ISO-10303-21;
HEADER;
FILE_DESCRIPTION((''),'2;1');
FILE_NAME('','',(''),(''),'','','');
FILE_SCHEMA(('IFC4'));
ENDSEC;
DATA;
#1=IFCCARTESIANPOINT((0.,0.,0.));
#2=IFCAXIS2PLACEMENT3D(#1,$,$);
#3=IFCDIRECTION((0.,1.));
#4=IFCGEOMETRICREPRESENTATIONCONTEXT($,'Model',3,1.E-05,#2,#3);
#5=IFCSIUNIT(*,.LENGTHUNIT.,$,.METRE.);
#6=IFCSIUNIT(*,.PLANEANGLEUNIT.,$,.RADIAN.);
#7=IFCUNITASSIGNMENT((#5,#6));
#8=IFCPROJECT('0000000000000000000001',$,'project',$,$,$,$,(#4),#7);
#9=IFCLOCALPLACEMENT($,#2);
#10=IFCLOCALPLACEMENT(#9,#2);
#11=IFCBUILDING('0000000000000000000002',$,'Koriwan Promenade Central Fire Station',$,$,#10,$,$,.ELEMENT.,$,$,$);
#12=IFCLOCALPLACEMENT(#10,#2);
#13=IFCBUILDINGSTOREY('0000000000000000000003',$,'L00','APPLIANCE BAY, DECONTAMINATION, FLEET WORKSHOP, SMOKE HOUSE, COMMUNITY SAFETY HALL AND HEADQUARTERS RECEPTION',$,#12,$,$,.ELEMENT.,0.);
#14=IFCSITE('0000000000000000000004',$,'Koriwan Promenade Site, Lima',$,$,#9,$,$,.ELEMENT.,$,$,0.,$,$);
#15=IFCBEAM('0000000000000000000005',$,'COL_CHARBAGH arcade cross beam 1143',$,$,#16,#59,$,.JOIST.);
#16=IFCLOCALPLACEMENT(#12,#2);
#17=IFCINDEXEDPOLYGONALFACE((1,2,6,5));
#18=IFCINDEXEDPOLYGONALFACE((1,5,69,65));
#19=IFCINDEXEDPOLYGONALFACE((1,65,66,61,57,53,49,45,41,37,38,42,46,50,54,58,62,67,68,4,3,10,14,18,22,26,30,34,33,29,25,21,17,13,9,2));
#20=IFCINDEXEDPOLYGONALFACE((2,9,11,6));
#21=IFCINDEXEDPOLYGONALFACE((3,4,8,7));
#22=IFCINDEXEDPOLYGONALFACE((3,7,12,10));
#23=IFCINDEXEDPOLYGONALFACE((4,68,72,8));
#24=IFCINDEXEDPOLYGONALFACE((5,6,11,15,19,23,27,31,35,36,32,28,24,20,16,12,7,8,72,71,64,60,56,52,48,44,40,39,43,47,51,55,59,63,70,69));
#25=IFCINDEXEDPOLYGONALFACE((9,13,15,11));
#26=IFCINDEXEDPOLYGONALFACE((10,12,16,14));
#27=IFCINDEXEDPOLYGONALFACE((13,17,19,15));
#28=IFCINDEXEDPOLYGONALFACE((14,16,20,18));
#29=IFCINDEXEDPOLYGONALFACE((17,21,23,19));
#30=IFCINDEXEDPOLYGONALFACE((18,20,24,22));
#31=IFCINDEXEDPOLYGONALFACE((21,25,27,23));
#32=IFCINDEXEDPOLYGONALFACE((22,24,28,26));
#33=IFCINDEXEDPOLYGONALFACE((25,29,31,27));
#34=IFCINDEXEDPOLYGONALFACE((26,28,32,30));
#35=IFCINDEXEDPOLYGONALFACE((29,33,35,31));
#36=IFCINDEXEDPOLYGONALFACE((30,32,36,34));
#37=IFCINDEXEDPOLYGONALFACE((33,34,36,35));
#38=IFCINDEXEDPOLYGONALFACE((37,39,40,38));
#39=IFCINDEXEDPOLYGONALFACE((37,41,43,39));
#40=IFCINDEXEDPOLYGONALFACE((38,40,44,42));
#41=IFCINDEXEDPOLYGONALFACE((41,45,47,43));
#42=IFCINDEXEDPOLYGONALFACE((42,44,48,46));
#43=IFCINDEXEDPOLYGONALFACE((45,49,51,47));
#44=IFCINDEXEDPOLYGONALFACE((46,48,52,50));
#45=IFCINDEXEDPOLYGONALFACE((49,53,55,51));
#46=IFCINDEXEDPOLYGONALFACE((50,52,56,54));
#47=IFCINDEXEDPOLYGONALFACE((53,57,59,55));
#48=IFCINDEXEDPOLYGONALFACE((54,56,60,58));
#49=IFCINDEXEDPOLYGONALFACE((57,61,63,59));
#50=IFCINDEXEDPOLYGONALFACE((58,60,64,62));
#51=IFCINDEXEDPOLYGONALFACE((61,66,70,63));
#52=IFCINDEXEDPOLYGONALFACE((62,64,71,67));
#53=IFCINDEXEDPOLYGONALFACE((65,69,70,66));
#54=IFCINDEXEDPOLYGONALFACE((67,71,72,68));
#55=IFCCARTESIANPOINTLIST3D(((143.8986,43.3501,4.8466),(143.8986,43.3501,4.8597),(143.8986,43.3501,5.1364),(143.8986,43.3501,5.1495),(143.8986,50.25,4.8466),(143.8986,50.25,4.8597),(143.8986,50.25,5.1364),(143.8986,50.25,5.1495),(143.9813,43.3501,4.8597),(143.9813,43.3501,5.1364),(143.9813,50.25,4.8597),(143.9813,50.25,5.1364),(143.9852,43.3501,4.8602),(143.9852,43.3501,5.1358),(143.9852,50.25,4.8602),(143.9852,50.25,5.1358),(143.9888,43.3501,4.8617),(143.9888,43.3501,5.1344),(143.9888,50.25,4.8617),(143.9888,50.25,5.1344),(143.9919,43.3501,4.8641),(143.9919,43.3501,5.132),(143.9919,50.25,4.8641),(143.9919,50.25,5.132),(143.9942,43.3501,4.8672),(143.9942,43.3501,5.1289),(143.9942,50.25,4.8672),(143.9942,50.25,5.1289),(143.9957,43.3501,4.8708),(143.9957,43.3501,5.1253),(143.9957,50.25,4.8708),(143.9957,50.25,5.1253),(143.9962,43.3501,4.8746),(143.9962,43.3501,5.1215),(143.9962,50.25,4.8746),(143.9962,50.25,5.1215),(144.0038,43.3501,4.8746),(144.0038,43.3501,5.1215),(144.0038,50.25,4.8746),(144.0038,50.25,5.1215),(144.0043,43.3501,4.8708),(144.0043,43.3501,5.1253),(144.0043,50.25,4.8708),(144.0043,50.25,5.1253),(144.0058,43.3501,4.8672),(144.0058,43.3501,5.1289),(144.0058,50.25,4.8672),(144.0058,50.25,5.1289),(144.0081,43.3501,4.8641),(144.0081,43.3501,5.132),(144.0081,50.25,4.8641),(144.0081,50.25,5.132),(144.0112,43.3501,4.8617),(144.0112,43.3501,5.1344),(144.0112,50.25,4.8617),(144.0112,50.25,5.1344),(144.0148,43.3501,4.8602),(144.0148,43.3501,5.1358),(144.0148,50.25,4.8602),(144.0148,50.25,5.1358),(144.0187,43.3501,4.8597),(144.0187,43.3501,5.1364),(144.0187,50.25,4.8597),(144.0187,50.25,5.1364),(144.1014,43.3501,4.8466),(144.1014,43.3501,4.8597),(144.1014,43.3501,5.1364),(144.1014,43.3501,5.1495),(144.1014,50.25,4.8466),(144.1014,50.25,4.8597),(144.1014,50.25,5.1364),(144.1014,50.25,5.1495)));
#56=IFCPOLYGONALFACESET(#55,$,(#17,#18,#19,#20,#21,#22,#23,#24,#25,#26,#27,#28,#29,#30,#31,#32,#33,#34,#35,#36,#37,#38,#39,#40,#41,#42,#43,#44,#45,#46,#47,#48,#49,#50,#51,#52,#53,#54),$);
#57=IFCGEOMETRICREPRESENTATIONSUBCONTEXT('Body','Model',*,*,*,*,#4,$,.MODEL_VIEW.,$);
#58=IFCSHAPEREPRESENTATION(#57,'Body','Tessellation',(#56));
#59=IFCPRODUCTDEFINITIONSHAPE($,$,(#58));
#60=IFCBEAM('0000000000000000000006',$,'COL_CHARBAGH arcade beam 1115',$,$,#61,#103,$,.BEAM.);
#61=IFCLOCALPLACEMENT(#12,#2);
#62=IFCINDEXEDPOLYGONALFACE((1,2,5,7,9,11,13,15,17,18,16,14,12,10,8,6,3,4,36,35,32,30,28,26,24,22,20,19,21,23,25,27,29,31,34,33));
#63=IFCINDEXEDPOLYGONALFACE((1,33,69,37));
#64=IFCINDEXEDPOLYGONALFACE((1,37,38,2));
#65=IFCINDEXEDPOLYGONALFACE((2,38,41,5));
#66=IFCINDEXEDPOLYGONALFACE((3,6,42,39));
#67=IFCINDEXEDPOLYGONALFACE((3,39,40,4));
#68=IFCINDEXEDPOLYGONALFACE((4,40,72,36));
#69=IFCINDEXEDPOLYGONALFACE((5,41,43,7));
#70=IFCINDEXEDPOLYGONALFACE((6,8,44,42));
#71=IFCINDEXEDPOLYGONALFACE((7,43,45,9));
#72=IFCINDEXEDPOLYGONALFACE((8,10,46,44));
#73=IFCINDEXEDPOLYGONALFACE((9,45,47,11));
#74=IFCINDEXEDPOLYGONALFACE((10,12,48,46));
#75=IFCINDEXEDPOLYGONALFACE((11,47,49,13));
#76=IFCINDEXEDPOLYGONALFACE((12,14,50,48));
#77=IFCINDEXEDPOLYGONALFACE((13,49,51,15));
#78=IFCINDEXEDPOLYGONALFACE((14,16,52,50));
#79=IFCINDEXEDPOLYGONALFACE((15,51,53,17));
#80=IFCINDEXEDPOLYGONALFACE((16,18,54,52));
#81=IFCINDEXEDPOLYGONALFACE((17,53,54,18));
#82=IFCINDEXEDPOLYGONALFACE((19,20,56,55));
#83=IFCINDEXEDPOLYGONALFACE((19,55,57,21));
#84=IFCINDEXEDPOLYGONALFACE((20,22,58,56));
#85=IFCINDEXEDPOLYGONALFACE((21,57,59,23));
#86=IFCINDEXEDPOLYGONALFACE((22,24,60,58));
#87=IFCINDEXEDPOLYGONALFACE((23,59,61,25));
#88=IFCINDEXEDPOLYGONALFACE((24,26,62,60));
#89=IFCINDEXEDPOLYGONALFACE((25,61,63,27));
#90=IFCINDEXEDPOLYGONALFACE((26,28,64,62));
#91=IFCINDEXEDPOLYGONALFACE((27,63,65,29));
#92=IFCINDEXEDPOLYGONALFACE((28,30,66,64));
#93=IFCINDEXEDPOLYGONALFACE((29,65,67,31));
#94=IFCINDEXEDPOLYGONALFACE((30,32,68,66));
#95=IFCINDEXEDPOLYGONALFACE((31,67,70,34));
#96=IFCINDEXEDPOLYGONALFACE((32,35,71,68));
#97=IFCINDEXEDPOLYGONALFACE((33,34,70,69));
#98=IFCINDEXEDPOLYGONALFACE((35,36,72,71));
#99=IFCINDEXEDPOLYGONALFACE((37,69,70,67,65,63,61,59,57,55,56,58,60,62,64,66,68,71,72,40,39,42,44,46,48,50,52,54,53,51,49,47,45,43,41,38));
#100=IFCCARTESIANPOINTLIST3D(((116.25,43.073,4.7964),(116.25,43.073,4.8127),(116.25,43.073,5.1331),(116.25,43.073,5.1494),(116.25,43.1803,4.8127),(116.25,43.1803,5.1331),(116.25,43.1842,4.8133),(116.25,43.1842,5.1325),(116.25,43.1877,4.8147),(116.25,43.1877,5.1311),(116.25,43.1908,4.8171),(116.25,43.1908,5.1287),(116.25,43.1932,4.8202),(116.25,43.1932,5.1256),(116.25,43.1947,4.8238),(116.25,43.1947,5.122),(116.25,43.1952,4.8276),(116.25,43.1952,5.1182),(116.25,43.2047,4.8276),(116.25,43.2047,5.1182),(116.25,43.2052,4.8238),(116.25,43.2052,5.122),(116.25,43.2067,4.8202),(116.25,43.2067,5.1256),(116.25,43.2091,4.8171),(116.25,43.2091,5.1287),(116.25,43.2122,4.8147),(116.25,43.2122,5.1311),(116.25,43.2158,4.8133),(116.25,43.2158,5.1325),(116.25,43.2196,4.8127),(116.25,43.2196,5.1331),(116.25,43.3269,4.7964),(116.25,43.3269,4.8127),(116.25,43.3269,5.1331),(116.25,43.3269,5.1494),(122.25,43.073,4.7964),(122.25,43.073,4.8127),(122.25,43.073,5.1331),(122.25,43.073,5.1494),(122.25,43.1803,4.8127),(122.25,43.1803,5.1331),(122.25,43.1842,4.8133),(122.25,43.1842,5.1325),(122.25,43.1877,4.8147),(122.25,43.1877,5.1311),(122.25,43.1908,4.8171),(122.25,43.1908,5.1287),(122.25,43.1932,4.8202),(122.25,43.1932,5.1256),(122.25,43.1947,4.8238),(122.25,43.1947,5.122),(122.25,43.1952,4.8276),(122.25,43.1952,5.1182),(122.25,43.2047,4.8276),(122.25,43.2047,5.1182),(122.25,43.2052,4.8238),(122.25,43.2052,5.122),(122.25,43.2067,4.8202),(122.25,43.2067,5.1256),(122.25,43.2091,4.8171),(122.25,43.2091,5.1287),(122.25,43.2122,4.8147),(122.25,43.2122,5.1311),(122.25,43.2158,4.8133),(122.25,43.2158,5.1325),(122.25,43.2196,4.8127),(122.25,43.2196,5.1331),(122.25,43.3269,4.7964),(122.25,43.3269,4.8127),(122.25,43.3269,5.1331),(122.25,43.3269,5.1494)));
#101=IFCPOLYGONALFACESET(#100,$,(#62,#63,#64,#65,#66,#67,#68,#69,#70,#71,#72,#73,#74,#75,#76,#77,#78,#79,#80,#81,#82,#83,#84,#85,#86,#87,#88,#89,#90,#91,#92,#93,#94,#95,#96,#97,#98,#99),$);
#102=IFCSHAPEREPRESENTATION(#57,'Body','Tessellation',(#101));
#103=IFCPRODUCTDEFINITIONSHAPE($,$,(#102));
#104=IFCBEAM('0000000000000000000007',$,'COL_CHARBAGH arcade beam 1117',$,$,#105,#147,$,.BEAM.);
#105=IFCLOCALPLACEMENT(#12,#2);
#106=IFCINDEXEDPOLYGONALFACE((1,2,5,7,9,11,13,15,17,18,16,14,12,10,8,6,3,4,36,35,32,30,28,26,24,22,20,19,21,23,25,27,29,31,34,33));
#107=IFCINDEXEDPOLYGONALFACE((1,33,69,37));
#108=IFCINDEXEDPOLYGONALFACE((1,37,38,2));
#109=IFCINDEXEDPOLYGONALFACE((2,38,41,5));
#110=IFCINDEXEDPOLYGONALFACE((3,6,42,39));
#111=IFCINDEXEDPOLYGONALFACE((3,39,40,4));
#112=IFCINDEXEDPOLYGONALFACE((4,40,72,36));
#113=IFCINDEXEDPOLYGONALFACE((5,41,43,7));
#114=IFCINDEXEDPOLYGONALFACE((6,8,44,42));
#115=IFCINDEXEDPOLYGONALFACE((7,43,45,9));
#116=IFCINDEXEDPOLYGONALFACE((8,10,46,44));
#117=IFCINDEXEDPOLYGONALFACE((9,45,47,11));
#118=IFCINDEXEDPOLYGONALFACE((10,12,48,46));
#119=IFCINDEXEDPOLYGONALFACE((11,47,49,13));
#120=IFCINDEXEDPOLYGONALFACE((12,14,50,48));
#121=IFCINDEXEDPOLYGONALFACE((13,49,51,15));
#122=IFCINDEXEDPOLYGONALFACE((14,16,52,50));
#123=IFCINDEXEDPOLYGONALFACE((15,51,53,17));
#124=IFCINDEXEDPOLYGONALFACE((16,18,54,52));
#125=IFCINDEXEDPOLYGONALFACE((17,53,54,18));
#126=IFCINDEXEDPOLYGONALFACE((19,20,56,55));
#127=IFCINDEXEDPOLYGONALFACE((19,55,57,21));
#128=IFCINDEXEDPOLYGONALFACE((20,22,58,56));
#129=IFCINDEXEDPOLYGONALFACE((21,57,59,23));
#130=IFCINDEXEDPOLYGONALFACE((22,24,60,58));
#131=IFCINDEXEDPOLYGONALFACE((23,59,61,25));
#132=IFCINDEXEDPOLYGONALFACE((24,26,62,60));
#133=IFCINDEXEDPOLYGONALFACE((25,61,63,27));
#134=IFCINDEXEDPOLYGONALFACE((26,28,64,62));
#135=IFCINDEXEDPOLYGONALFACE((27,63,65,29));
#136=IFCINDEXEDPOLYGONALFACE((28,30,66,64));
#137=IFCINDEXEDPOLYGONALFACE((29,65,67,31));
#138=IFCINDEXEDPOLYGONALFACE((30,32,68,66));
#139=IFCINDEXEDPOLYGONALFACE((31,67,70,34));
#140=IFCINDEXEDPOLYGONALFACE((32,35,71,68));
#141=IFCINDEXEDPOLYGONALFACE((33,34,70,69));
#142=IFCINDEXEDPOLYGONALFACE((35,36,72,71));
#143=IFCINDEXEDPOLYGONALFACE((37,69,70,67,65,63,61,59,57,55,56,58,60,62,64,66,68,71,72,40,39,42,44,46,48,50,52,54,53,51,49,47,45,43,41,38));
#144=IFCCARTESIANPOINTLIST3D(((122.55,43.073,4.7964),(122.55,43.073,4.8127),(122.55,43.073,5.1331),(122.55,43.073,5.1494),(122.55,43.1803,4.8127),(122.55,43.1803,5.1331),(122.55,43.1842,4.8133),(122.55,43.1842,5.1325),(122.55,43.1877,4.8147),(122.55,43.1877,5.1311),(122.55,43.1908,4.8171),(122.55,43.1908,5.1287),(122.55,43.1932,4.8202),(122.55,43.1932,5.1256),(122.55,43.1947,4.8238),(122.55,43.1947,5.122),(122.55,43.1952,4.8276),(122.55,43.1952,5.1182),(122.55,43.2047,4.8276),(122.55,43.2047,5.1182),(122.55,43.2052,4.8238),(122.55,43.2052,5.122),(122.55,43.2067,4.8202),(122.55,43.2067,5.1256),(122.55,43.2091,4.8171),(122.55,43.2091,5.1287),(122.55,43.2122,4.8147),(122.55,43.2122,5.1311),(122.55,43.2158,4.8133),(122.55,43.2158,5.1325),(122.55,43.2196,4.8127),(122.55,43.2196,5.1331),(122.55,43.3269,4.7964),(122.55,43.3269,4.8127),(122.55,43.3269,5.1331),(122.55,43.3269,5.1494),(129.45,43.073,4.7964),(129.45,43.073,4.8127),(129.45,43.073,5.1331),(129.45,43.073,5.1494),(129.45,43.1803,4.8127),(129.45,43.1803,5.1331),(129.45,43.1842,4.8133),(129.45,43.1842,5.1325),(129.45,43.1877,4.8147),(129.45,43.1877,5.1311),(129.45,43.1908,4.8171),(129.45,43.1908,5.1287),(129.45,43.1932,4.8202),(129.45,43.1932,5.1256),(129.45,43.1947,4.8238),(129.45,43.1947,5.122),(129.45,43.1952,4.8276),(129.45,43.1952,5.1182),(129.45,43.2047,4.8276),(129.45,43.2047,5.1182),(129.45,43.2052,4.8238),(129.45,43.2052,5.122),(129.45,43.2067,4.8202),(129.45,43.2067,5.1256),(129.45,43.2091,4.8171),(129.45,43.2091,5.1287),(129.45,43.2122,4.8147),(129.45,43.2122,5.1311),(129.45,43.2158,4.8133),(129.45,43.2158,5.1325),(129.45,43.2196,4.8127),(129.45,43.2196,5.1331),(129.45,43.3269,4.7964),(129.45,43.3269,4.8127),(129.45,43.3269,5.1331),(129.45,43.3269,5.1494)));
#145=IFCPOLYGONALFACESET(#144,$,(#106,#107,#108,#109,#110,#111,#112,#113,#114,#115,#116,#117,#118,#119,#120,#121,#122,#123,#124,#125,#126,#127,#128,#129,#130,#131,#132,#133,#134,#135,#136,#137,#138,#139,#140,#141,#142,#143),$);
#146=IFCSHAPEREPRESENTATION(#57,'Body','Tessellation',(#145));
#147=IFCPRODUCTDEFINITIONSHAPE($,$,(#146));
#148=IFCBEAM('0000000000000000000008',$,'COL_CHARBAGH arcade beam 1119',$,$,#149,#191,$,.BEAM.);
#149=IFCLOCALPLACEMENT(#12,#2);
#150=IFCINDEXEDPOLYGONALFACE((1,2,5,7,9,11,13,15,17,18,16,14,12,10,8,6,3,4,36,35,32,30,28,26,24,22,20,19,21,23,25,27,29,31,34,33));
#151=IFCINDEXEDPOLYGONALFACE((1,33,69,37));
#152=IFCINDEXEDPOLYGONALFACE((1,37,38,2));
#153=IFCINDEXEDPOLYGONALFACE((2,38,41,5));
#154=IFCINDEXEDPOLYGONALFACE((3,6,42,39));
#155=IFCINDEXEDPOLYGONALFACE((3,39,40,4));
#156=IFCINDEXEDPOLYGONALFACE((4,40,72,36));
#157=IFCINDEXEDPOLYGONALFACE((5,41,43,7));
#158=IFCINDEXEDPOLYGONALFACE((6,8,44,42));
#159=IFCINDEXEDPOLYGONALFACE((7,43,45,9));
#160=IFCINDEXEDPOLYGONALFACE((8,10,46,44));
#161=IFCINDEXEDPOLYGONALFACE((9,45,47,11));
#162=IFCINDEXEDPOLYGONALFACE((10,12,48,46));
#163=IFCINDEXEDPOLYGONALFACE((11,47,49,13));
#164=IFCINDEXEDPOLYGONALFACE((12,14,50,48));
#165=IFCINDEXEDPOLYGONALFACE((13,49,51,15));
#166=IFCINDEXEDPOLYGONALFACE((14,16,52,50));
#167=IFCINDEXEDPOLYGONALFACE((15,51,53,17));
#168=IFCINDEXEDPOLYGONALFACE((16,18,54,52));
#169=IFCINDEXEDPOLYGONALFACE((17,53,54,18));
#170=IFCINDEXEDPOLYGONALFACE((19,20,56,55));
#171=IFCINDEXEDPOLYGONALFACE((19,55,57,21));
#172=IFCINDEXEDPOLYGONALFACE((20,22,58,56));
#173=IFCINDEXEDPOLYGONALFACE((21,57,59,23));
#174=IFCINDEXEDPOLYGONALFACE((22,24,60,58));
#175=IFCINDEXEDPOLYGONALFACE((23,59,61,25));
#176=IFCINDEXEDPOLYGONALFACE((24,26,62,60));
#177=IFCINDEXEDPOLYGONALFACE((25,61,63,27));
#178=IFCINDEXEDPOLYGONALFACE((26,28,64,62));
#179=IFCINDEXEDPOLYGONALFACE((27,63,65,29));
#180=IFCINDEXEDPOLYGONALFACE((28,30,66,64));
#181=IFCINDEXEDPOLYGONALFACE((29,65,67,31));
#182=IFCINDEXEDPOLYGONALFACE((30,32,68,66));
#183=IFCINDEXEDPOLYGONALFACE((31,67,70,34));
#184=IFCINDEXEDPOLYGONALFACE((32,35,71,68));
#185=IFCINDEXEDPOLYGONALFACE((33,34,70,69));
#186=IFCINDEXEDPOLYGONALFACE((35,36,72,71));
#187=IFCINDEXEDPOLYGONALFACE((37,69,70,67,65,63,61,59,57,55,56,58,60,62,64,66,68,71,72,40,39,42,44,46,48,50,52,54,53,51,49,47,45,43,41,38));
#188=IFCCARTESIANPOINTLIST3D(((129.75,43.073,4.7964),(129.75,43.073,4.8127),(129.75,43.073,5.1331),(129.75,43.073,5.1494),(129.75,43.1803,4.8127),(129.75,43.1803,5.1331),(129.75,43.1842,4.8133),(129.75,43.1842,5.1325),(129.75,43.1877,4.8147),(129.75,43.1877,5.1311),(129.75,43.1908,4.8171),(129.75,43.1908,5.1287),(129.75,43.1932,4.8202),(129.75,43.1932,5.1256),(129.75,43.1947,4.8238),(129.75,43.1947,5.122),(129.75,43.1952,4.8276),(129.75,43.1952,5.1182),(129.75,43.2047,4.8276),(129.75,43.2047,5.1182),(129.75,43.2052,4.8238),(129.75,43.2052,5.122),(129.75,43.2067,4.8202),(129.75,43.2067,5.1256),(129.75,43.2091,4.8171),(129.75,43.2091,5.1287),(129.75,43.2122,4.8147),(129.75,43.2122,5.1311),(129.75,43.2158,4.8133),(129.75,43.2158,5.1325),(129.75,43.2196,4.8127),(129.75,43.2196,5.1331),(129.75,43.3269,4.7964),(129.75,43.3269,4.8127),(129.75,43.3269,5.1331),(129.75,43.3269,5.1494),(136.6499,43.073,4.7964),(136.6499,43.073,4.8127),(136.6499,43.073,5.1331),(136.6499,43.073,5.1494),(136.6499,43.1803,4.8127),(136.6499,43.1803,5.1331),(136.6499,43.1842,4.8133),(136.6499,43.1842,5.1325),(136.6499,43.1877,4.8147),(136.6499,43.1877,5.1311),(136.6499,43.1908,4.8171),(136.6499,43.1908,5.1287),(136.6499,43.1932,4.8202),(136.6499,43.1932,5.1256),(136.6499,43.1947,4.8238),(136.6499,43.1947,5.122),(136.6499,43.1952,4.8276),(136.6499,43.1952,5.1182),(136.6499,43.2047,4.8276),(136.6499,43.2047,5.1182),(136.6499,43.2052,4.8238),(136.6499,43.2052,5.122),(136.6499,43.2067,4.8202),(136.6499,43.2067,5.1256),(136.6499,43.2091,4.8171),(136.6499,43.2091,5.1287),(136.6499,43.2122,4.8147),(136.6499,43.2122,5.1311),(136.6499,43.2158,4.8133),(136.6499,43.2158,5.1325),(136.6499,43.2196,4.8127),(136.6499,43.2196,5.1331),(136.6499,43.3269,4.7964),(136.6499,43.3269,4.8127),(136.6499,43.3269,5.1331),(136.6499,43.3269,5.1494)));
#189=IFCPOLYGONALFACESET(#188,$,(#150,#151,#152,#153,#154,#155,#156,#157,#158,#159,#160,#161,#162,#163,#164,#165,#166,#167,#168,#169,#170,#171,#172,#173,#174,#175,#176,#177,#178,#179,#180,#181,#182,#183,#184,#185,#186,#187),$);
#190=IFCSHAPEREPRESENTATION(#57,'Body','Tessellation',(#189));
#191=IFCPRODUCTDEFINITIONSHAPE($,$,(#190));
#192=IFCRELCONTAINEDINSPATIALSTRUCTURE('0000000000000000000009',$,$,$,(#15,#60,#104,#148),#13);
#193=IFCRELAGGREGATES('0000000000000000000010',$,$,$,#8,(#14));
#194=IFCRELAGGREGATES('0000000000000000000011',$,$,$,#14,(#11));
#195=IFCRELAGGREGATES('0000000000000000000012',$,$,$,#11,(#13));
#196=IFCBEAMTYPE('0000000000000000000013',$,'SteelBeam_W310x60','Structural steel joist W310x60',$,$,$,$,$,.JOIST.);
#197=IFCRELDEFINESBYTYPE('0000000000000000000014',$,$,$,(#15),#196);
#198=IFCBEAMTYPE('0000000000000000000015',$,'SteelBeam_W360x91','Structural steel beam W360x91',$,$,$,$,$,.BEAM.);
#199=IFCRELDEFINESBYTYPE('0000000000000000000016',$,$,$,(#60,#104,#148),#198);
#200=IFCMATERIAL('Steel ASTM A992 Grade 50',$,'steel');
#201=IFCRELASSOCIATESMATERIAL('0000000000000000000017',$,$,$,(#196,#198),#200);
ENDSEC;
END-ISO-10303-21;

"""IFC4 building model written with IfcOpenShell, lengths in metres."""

from ifc_helpers import new_model, si_unit, direction, frame, origin, origin_2d, place, context, subcontext, project, spatial, i_section, extrude, material, material_profile, profile_set, type_object, element, save


model = new_model("IFC4")

# Units and contexts
model_context = context("Model", 3, precision=1e-05, world=origin(), true_north=direction((0.0, 1.0)))
body_context = subcontext(model_context, "Body", "Model", "MODEL_VIEW")
ifc_project = project(units=[si_unit("LENGTHUNIT", "METRE"), si_unit("PLANEANGLEUNIT", "RADIAN")], contexts=[model_context])

# Site, building, storey
site_placement = place(None, origin())
site = spatial("IfcSite", under=ifc_project, at=site_placement, Name="Koriwan Promenade Site, Lima", CompositionType="ELEMENT", RefElevation=0.0)
building_placement = place(site_placement, origin())
building = spatial("IfcBuilding", under=site, at=building_placement, Name="Koriwan Promenade Central Fire Station", CompositionType="ELEMENT")
storey_placement = place(building_placement, origin())
storey = spatial("IfcBuildingStorey", under=building, at=storey_placement, Name="L00", Description="APPLIANCE BAY, DECONTAMINATION, FLEET WORKSHOP, SMOKE HOUSE, COMMUNITY SAFETY HALL AND HEADQUARTERS RECEPTION", CompositionType="ELEMENT", Elevation=0.0)

# Beams
ifc_material_1 = material(Name="Steel ASTM A992 Grade 50", Category="steel")
ifc_material_profile_1 = material_profile(ifc_material_1, i_section(OverallWidth=0.2029, OverallDepth=0.303, WebThickness=0.0076, FlangeThickness=0.0132, FilletRadius=0.0149, at=origin_2d()), Name="W310x60")
ifc_profile_set_1 = profile_set([ifc_material_profile_1], Name="Steel ASTM A992 Grade 50")
beam_type_1 = type_object("IfcBeamType", Name="SteelBeam_W310x60", Description="Structural steel joist W310x60", PredefinedType="JOIST", material=ifc_profile_set_1)
for number, where, z_axis, x_axis, name in (
    (1, (144.0, 43.3501, 4.998), (0.0, 1.0, 0.0), (-1.0, 0.0, 0.0), "COL_CHARBAGH arcade cross beam 1143"),
):
    element("IfcBeam", number, at=place(storey_placement, frame(where, z_axis=z_axis, x_axis=x_axis)), inside=storey, type_object=beam_type_1, Name=name, PredefinedType="JOIST", context=body_context, shape_type="SweptSolid", body=[
        extrude(i_section(OverallWidth=0.2029, OverallDepth=0.303, WebThickness=0.0076, FlangeThickness=0.0132, FilletRadius=0.0149, at=origin_2d()), origin(), (0.0, 0.0, 1.0), 6.8999),
    ])
ifc_material_profile_2 = material_profile(ifc_material_1, i_section(OverallWidth=0.2539, OverallDepth=0.353, WebThickness=0.0095, FlangeThickness=0.0164, FilletRadius=0.0149, at=origin_2d()), Name="W360x91")
ifc_profile_set_2 = profile_set([ifc_material_profile_2], Name="Steel ASTM A992 Grade 50")
beam_type_2 = type_object("IfcBeamType", Name="SteelBeam_W360x91", Description="Structural steel beam W360x91", PredefinedType="BEAM", material=ifc_profile_set_2)
beam_1_placement = place(storey_placement, frame((116.25, 43.2, 4.9729), z_axis=(1.0, 0.0, 0.0), x_axis=(0.0, 1.0, 0.0)))
element("IfcBeam", 2, at=beam_1_placement, inside=storey, type_object=beam_type_2, Name="COL_CHARBAGH arcade beam 1115", PredefinedType="BEAM", context=body_context, shape_type="SweptSolid", body=[
    extrude(i_section(OverallWidth=0.2539, OverallDepth=0.353, WebThickness=0.0095, FlangeThickness=0.0164, FilletRadius=0.0149, at=origin_2d()), origin(), (0.0, 0.0, 1.0), 6.0),
])
for number, where, z_axis, x_axis, name in (
    (3, (122.55, 43.2, 4.9729), (1.0, 0.0, 0.0), (0.0, 1.0, 0.0), "COL_CHARBAGH arcade beam 1117"),
    (4, (129.75, 43.2, 4.9729), (1.0, 0.0, 0.0), (0.0, 1.0, 0.0), "COL_CHARBAGH arcade beam 1119"),
):
    element("IfcBeam", number, at=place(storey_placement, frame(where, z_axis=z_axis, x_axis=x_axis)), inside=storey, type_object=beam_type_2, Name=name, PredefinedType="BEAM", context=body_context, shape_type="SweptSolid", body=[
        extrude(i_section(OverallWidth=0.2539, OverallDepth=0.353, WebThickness=0.0095, FlangeThickness=0.0164, FilletRadius=0.0149, at=origin_2d()), origin(), (0.0, 0.0, 1.0), 6.8999),
    ])

save(model, "model.ifc")
